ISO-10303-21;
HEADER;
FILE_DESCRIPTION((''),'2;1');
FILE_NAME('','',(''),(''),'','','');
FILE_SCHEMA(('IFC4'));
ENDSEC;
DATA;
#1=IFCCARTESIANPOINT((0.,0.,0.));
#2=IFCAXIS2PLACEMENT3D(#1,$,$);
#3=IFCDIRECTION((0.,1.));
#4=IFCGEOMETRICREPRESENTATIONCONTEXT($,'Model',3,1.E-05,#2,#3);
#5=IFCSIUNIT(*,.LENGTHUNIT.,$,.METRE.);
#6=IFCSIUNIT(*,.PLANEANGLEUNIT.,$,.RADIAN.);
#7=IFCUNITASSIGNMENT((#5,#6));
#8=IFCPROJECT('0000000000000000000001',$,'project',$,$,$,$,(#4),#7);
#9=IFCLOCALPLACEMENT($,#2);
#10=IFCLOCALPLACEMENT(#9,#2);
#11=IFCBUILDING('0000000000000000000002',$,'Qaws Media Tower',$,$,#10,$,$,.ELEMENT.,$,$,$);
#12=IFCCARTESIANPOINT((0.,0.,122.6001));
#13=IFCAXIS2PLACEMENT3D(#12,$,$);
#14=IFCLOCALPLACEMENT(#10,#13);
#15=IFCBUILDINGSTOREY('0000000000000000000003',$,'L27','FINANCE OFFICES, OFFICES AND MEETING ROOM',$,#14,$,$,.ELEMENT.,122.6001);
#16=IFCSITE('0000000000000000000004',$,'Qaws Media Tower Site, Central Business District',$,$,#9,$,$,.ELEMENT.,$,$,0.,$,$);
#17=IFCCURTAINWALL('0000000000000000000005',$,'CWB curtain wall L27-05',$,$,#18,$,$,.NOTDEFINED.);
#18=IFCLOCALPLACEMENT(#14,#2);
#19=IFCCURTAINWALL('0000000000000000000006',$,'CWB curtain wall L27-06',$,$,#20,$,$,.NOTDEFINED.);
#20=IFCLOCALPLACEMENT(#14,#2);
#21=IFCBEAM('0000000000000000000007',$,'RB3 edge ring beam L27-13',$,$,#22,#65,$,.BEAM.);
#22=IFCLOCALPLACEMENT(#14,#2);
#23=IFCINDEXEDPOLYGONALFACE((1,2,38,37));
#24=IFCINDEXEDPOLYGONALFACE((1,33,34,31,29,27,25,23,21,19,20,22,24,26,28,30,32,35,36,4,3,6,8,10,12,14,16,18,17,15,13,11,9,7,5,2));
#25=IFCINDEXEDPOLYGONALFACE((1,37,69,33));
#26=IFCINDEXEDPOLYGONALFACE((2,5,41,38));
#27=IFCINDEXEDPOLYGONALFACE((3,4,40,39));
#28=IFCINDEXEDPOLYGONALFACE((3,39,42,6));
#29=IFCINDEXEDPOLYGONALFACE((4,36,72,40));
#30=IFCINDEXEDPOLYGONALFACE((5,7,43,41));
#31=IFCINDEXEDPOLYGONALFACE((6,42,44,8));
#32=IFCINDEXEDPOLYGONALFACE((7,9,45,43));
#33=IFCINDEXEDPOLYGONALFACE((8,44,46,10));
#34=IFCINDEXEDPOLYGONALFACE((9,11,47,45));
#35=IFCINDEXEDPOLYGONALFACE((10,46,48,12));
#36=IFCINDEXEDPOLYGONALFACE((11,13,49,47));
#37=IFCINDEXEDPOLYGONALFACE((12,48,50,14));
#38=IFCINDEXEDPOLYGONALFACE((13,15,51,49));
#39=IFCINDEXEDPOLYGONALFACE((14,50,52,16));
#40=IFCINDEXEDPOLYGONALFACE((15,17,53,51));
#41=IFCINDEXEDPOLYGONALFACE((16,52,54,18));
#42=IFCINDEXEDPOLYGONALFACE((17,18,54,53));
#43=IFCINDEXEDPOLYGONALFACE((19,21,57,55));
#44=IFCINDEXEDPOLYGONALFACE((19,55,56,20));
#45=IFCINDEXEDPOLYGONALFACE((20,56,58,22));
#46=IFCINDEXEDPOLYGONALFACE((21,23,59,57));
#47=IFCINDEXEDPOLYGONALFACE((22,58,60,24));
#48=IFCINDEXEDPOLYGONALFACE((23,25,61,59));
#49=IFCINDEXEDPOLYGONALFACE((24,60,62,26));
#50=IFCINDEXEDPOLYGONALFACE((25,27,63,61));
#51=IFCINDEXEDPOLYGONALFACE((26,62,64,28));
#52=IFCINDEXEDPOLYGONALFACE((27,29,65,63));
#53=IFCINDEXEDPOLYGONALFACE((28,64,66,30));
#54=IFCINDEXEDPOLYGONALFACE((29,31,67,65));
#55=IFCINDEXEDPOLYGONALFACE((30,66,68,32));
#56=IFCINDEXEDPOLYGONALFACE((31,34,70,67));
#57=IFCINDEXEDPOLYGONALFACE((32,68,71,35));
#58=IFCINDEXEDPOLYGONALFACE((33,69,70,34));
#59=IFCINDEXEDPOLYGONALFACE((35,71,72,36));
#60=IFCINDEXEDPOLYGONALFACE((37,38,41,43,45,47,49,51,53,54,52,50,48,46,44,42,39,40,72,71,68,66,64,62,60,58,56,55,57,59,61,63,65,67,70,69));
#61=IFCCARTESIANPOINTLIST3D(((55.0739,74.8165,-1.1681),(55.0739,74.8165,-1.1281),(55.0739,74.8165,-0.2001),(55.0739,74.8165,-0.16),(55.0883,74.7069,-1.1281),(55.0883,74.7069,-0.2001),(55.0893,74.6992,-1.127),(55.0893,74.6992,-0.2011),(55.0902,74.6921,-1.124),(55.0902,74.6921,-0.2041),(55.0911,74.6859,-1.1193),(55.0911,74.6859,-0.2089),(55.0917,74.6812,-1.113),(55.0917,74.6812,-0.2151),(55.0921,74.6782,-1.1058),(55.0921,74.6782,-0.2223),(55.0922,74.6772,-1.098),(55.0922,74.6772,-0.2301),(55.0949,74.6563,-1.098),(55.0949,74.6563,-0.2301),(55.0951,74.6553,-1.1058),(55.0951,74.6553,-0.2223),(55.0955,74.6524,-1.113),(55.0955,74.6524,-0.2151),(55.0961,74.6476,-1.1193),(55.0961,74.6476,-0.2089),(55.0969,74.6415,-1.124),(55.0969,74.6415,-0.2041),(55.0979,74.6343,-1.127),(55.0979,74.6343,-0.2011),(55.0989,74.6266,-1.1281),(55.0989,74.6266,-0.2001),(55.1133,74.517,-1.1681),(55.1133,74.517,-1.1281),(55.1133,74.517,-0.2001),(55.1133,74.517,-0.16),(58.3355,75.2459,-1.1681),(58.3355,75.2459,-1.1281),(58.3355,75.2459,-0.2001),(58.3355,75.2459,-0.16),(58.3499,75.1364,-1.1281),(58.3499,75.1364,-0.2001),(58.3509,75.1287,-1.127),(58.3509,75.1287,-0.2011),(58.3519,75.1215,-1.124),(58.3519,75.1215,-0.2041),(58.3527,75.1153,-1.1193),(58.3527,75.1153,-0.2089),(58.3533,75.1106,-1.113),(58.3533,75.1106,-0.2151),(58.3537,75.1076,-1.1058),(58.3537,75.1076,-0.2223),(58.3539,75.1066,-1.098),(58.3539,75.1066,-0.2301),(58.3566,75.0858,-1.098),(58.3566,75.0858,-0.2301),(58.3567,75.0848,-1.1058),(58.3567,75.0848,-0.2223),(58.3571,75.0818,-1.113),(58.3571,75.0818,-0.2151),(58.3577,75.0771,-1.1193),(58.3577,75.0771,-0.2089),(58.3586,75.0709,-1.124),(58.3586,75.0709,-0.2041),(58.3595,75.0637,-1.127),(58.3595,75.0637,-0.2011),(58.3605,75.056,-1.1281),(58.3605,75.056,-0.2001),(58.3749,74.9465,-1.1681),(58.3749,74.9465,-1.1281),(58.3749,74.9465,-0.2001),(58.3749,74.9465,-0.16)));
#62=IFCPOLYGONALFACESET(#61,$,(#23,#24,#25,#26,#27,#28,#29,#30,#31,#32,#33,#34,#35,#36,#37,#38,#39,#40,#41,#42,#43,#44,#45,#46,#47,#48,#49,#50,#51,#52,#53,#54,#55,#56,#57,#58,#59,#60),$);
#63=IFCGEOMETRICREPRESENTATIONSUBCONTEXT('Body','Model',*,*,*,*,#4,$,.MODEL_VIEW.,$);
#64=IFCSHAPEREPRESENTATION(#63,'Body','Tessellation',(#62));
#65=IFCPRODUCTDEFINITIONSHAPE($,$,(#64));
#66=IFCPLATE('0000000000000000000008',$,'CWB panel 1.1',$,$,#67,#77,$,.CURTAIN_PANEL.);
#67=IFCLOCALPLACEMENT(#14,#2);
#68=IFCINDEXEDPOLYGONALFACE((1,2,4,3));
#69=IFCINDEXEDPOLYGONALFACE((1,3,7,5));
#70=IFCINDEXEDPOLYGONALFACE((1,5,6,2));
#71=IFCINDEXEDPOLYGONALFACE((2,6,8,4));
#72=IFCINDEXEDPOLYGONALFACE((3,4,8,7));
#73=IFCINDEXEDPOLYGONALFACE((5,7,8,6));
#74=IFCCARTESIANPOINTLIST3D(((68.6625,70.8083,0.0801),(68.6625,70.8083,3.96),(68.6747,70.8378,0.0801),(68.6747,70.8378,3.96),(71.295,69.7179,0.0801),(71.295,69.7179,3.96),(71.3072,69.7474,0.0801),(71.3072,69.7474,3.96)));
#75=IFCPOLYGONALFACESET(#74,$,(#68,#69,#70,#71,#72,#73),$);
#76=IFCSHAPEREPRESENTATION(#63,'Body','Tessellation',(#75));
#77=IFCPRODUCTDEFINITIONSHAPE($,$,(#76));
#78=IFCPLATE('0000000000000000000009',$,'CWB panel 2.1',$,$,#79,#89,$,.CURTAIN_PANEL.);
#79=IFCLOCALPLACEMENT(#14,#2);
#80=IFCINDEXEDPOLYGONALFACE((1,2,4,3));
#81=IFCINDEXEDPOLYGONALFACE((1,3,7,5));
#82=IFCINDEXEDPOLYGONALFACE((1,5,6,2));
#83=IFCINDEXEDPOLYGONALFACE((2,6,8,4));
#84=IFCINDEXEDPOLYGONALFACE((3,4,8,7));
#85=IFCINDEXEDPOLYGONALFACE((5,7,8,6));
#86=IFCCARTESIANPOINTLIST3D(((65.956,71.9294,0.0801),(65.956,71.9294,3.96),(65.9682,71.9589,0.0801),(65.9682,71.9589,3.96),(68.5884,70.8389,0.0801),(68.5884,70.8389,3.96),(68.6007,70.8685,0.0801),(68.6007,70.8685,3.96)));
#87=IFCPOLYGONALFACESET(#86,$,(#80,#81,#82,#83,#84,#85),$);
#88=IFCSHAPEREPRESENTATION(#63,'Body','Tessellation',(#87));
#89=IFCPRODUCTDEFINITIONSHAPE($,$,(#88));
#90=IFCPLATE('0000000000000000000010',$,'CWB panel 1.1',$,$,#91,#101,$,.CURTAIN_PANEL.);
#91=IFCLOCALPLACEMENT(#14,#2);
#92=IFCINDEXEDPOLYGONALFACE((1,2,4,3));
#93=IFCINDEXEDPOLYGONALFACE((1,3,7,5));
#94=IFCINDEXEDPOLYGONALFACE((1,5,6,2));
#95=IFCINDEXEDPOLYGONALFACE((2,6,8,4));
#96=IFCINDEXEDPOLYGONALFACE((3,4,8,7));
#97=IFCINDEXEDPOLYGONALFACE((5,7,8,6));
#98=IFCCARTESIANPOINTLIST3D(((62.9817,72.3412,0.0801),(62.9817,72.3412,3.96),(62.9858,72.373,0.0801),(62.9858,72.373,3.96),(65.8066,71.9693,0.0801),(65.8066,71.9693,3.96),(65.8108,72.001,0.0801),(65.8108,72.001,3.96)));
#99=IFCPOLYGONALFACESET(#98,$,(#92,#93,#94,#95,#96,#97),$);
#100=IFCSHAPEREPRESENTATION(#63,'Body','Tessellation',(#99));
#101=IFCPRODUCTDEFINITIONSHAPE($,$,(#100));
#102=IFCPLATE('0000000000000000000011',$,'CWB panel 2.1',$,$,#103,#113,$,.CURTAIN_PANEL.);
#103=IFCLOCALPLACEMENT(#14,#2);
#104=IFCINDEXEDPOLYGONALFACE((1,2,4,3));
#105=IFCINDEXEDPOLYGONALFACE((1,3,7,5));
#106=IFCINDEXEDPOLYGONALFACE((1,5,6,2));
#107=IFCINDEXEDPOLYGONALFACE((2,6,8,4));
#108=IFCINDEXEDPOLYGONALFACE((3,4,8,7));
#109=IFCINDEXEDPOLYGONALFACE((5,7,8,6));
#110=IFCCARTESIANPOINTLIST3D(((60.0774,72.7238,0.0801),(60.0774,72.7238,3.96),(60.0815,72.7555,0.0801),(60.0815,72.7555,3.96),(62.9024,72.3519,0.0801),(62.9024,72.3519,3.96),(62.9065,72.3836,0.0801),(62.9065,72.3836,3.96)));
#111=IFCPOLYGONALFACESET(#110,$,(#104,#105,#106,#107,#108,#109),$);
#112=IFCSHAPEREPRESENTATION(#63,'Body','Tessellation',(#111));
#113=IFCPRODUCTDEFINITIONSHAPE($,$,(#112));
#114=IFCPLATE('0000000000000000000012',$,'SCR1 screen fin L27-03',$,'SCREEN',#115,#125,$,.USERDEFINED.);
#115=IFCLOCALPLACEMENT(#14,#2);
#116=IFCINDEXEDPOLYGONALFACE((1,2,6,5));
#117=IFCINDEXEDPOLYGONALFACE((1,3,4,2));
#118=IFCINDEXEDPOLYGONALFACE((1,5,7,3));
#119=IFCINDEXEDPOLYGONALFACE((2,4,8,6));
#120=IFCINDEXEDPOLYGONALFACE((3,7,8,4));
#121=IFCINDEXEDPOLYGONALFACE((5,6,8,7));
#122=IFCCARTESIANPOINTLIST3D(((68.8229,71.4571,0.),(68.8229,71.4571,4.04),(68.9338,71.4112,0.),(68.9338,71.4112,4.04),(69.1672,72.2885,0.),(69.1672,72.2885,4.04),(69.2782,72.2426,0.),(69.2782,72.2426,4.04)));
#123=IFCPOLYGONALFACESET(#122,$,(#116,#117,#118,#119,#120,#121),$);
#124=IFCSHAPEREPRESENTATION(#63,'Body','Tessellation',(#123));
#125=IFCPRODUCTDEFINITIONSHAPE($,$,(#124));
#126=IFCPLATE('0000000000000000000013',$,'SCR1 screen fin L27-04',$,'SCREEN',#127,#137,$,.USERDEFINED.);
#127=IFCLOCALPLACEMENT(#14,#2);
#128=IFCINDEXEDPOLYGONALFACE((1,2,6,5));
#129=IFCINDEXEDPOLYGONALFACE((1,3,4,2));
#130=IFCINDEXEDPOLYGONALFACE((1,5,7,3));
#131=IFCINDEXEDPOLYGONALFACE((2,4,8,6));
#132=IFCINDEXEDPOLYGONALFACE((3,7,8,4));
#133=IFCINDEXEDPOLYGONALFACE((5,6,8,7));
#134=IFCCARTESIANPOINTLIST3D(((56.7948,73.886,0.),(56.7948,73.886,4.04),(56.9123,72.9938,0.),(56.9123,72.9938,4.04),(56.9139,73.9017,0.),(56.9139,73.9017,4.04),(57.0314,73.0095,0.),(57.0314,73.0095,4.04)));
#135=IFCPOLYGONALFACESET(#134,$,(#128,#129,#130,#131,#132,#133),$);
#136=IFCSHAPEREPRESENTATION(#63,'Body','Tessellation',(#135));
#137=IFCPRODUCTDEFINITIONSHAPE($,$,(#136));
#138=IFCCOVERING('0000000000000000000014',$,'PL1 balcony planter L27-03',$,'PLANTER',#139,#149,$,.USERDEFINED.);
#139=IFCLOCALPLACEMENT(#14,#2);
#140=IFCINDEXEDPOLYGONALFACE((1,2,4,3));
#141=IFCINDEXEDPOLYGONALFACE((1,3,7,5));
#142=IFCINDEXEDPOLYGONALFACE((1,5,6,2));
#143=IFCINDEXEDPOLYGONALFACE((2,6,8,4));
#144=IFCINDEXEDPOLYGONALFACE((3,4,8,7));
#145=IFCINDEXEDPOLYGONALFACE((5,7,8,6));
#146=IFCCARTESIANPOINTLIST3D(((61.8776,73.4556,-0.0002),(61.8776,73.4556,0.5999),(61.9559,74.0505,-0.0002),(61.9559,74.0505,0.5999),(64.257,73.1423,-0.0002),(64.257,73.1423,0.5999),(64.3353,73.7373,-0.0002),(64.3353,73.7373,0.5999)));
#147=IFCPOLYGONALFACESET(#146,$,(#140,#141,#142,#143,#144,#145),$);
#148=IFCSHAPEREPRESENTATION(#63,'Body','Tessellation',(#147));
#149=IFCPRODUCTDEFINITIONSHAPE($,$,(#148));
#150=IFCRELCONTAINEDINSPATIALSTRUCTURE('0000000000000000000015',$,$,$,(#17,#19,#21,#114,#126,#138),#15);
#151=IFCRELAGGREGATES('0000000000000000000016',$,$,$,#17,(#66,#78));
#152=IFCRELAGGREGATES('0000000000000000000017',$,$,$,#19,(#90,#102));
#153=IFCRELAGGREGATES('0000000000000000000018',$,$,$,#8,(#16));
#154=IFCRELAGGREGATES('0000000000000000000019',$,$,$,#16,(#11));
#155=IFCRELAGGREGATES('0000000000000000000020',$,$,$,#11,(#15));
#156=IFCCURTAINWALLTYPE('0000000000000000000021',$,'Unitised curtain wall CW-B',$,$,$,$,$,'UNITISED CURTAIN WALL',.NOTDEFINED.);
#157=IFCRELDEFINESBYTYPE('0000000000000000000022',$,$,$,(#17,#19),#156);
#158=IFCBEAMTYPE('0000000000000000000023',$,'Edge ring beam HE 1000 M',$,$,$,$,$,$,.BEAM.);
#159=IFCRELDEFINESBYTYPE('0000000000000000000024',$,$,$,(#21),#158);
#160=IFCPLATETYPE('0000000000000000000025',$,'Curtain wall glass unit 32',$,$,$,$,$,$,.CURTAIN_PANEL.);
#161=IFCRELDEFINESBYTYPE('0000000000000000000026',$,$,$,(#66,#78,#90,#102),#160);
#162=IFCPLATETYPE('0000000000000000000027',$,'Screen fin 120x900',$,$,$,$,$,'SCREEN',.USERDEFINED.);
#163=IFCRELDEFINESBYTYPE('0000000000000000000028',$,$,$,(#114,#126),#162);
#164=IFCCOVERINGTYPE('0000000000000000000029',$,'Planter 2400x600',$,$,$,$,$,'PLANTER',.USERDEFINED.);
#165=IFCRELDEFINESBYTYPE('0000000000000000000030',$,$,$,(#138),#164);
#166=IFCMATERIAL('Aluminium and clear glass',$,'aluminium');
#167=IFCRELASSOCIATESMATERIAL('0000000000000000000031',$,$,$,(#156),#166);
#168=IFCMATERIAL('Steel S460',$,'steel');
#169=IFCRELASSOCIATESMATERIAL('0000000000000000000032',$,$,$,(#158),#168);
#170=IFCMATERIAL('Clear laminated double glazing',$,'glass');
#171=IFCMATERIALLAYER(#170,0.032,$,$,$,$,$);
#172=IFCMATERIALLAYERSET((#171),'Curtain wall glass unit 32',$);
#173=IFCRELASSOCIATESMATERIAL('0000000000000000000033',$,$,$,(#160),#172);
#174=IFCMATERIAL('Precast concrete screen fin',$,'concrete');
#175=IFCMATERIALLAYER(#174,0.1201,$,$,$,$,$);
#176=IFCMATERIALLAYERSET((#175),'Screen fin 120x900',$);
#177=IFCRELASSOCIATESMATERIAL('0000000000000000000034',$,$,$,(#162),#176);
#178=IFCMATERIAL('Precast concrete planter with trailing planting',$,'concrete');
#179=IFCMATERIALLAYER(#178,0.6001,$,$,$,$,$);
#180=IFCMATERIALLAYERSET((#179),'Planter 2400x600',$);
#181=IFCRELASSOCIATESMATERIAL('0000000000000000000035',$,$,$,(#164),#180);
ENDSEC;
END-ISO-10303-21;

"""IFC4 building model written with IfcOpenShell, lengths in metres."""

from ifc_helpers import new_model, si_unit, direction, frame, origin, origin_2d, place, context, subcontext, project, spatial, rectangle, i_section, extrude, material, layer, layer_set, material_profile, profile_set, type_object, element, aggregate, save


model = new_model("IFC4")

# Units and contexts
model_context = context("Model", 3, precision=1e-05, world=origin(), true_north=direction((0.0, 1.0)))
body_context = subcontext(model_context, "Body", "Model", "MODEL_VIEW")
ifc_project = project(units=[si_unit("LENGTHUNIT", "METRE"), si_unit("PLANEANGLEUNIT", "RADIAN")], contexts=[model_context])

# Site, building, storey
site_placement = place(None, origin())
site = spatial("IfcSite", under=ifc_project, at=site_placement, Name="Qaws Media Tower Site, Central Business District", CompositionType="ELEMENT", RefElevation=0.0)
building_placement = place(site_placement, origin())
building = spatial("IfcBuilding", under=site, at=building_placement, Name="Qaws Media Tower", CompositionType="ELEMENT")
storey_placement = place(building_placement, frame((0.0, 0.0, 122.6001)))
storey = spatial("IfcBuildingStorey", under=building, at=storey_placement, Name="L27", Description="FINANCE OFFICES, OFFICES AND MEETING ROOM", CompositionType="ELEMENT", Elevation=122.6001)

# Curtain walls
ifc_material_1 = material(Name="Aluminium and clear glass", Category="aluminium")
curtain_wall_type = type_object("IfcCurtainWallType", Name="Unitised curtain wall CW-B", ElementType="UNITISED CURTAIN WALL", PredefinedType="NOTDEFINED", material=ifc_material_1)
curtain_wall_1_placement = place(storey_placement, origin())
curtain_wall_1 = element("IfcCurtainWall", 1, at=curtain_wall_1_placement, inside=storey, type_object=curtain_wall_type, Name="CWB curtain wall L27-05", PredefinedType="NOTDEFINED")
curtain_wall_2_placement = place(storey_placement, origin())
curtain_wall_2 = element("IfcCurtainWall", 2, at=curtain_wall_2_placement, inside=storey, type_object=curtain_wall_type, Name="CWB curtain wall L27-06", PredefinedType="NOTDEFINED")

# Beam
ifc_material_2 = material(Name="Steel S460", Category="steel")
ifc_material_profile_1 = material_profile(ifc_material_2, i_section(OverallWidth=0.302, OverallDepth=1.0081, WebThickness=0.021, FlangeThickness=0.04, FilletRadius=0.03, at=origin_2d()), Name="HE 1000 M")
ifc_profile_set_1 = profile_set([ifc_material_profile_1], Name="Steel S460")
beam_type = type_object("IfcBeamType", Name="Edge ring beam HE 1000 M", PredefinedType="BEAM", material=ifc_profile_set_1)
beam_1_placement = place(storey_placement, frame((58.3552, 75.0962, -0.6641), z_axis=(-0.991444, -0.130535, 0.0), x_axis=(0.130535, -0.991444, 0.0)))
element("IfcBeam", 3, at=beam_1_placement, inside=storey, type_object=beam_type, Name="RB3 edge ring beam L27-13", PredefinedType="BEAM", context=body_context, shape_type="SweptSolid", body=[
    extrude(i_section(OverallWidth=0.302, OverallDepth=1.0081, WebThickness=0.021, FlangeThickness=0.04, FilletRadius=0.03, at=origin_2d()), origin(), (0.0, 0.0, 1.0), 3.2898),
])

# Plates
ifc_material_3 = material(Name="Clear laminated double glazing", Category="glass")
ifc_layer_1 = layer(ifc_material_3, 0.032)
ifc_layer_set_1 = layer_set([ifc_layer_1], Name="Curtain wall glass unit 32")
plate_type_1 = type_object("IfcPlateType", Name="Curtain wall glass unit 32", PredefinedType="CURTAIN_PANEL", material=ifc_layer_set_1)
plate_1_placement = place(storey_placement, frame((69.9849, 70.2778, 0.0801), z_axis=(0.0, 0.0, 1.0), x_axis=(-0.92388, 0.382683, 0.0)))
plate_1 = element("IfcPlate", 4, at=plate_1_placement, type_object=plate_type_1, Name="CWB panel 1.1", PredefinedType="CURTAIN_PANEL", context=body_context, shape_type="SweptSolid", body=[
    extrude(rectangle(XDim=2.8494, YDim=0.032, at=origin_2d()), origin(), (0.0, 0.0, 1.0), 3.8799),
])
plate_2_placement = place(storey_placement, frame((67.2783, 71.3989, 0.0801), z_axis=(0.0, 0.0, 1.0), x_axis=(-0.92388, 0.382683, 0.0)))
plate_2 = element("IfcPlate", 5, at=plate_2_placement, type_object=plate_type_1, Name="CWB panel 2.1", PredefinedType="CURTAIN_PANEL", context=body_context, shape_type="SweptSolid", body=[
    extrude(rectangle(XDim=2.8494, YDim=0.032, at=origin_2d()), origin(), (0.0, 0.0, 1.0), 3.8799),
])
aggregate(curtain_wall_1, [plate_1, plate_2])
plate_3_placement = place(storey_placement, frame((64.3962, 72.1711, 0.0801), z_axis=(0.0, 0.0, 1.0), x_axis=(-0.991445, 0.130526, 0.0)))
plate_3 = element("IfcPlate", 6, at=plate_3_placement, type_object=plate_type_1, Name="CWB panel 1.1", PredefinedType="CURTAIN_PANEL", context=body_context, shape_type="SweptSolid", body=[
    extrude(rectangle(XDim=2.8494, YDim=0.032, at=origin_2d()), origin(), (0.0, 0.0, 1.0), 3.8799),
])
plate_4_placement = place(storey_placement, frame((61.4919, 72.5537, 0.0801), z_axis=(0.0, 0.0, 1.0), x_axis=(-0.991445, 0.130526, 0.0)))
plate_4 = element("IfcPlate", 7, at=plate_4_placement, type_object=plate_type_1, Name="CWB panel 2.1", PredefinedType="CURTAIN_PANEL", context=body_context, shape_type="SweptSolid", body=[
    extrude(rectangle(XDim=2.8494, YDim=0.032, at=origin_2d()), origin(), (0.0, 0.0, 1.0), 3.8799),
])
aggregate(curtain_wall_2, [plate_3, plate_4])

# Plates
ifc_material_4 = material(Name="Precast concrete screen fin", Category="concrete")
ifc_layer_2 = layer(ifc_material_4, 0.1201)
ifc_layer_set_2 = layer_set([ifc_layer_2], Name="Screen fin 120x900")
plate_type_2 = type_object("IfcPlateType", Name="Screen fin 120x900", ElementType="SCREEN", PredefinedType="USERDEFINED", material=ifc_layer_set_2)
for number, where, z_axis, x_axis, name in (
    (8, (69.0505, 71.8499, 0.0), (0.0, 0.0, 1.0), (0.382683, 0.92388, 0.0), "SCR1 screen fin L27-03"),
    (9, (56.9131, 73.4478, 0.0), (0.0, 0.0, 1.0), (-0.130526, 0.991445, 0.0), "SCR1 screen fin L27-04"),
):
    element("IfcPlate", number, at=place(storey_placement, frame(where, z_axis=z_axis, x_axis=x_axis)), inside=storey, type_object=plate_type_2, Name=name, ObjectType="SCREEN", PredefinedType="USERDEFINED", context=body_context, shape_type="SweptSolid", body=[
        extrude(rectangle(XDim=0.8999, YDim=0.1201, at=origin_2d()), origin(), (0.0, 0.0, 1.0), 4.04),
    ])

# Covering
ifc_material_5 = material(Name="Precast concrete planter with trailing planting", Category="concrete")
ifc_layer_3 = layer(ifc_material_5, 0.6001)
ifc_layer_set_3 = layer_set([ifc_layer_3], Name="Planter 2400x600")
covering_type = type_object("IfcCoveringType", Name="Planter 2400x600", ElementType="PLANTER", PredefinedType="USERDEFINED", material=ifc_layer_set_3)
covering_placement = place(storey_placement, frame((63.1064, 73.5964, -0.0002), z_axis=(0.0, 0.0, 1.0), x_axis=(-0.991445, 0.130526, 0.0)))
element("IfcCovering", 10, at=covering_placement, inside=storey, type_object=covering_type, Name="PL1 balcony planter L27-03", ObjectType="PLANTER", PredefinedType="USERDEFINED", context=body_context, shape_type="SweptSolid", body=[
    extrude(rectangle(XDim=2.3999, YDim=0.6001, at=origin_2d()), origin(), (0.0, 0.0, 1.0), 0.6001),
])

save(model, "model.ifc")
